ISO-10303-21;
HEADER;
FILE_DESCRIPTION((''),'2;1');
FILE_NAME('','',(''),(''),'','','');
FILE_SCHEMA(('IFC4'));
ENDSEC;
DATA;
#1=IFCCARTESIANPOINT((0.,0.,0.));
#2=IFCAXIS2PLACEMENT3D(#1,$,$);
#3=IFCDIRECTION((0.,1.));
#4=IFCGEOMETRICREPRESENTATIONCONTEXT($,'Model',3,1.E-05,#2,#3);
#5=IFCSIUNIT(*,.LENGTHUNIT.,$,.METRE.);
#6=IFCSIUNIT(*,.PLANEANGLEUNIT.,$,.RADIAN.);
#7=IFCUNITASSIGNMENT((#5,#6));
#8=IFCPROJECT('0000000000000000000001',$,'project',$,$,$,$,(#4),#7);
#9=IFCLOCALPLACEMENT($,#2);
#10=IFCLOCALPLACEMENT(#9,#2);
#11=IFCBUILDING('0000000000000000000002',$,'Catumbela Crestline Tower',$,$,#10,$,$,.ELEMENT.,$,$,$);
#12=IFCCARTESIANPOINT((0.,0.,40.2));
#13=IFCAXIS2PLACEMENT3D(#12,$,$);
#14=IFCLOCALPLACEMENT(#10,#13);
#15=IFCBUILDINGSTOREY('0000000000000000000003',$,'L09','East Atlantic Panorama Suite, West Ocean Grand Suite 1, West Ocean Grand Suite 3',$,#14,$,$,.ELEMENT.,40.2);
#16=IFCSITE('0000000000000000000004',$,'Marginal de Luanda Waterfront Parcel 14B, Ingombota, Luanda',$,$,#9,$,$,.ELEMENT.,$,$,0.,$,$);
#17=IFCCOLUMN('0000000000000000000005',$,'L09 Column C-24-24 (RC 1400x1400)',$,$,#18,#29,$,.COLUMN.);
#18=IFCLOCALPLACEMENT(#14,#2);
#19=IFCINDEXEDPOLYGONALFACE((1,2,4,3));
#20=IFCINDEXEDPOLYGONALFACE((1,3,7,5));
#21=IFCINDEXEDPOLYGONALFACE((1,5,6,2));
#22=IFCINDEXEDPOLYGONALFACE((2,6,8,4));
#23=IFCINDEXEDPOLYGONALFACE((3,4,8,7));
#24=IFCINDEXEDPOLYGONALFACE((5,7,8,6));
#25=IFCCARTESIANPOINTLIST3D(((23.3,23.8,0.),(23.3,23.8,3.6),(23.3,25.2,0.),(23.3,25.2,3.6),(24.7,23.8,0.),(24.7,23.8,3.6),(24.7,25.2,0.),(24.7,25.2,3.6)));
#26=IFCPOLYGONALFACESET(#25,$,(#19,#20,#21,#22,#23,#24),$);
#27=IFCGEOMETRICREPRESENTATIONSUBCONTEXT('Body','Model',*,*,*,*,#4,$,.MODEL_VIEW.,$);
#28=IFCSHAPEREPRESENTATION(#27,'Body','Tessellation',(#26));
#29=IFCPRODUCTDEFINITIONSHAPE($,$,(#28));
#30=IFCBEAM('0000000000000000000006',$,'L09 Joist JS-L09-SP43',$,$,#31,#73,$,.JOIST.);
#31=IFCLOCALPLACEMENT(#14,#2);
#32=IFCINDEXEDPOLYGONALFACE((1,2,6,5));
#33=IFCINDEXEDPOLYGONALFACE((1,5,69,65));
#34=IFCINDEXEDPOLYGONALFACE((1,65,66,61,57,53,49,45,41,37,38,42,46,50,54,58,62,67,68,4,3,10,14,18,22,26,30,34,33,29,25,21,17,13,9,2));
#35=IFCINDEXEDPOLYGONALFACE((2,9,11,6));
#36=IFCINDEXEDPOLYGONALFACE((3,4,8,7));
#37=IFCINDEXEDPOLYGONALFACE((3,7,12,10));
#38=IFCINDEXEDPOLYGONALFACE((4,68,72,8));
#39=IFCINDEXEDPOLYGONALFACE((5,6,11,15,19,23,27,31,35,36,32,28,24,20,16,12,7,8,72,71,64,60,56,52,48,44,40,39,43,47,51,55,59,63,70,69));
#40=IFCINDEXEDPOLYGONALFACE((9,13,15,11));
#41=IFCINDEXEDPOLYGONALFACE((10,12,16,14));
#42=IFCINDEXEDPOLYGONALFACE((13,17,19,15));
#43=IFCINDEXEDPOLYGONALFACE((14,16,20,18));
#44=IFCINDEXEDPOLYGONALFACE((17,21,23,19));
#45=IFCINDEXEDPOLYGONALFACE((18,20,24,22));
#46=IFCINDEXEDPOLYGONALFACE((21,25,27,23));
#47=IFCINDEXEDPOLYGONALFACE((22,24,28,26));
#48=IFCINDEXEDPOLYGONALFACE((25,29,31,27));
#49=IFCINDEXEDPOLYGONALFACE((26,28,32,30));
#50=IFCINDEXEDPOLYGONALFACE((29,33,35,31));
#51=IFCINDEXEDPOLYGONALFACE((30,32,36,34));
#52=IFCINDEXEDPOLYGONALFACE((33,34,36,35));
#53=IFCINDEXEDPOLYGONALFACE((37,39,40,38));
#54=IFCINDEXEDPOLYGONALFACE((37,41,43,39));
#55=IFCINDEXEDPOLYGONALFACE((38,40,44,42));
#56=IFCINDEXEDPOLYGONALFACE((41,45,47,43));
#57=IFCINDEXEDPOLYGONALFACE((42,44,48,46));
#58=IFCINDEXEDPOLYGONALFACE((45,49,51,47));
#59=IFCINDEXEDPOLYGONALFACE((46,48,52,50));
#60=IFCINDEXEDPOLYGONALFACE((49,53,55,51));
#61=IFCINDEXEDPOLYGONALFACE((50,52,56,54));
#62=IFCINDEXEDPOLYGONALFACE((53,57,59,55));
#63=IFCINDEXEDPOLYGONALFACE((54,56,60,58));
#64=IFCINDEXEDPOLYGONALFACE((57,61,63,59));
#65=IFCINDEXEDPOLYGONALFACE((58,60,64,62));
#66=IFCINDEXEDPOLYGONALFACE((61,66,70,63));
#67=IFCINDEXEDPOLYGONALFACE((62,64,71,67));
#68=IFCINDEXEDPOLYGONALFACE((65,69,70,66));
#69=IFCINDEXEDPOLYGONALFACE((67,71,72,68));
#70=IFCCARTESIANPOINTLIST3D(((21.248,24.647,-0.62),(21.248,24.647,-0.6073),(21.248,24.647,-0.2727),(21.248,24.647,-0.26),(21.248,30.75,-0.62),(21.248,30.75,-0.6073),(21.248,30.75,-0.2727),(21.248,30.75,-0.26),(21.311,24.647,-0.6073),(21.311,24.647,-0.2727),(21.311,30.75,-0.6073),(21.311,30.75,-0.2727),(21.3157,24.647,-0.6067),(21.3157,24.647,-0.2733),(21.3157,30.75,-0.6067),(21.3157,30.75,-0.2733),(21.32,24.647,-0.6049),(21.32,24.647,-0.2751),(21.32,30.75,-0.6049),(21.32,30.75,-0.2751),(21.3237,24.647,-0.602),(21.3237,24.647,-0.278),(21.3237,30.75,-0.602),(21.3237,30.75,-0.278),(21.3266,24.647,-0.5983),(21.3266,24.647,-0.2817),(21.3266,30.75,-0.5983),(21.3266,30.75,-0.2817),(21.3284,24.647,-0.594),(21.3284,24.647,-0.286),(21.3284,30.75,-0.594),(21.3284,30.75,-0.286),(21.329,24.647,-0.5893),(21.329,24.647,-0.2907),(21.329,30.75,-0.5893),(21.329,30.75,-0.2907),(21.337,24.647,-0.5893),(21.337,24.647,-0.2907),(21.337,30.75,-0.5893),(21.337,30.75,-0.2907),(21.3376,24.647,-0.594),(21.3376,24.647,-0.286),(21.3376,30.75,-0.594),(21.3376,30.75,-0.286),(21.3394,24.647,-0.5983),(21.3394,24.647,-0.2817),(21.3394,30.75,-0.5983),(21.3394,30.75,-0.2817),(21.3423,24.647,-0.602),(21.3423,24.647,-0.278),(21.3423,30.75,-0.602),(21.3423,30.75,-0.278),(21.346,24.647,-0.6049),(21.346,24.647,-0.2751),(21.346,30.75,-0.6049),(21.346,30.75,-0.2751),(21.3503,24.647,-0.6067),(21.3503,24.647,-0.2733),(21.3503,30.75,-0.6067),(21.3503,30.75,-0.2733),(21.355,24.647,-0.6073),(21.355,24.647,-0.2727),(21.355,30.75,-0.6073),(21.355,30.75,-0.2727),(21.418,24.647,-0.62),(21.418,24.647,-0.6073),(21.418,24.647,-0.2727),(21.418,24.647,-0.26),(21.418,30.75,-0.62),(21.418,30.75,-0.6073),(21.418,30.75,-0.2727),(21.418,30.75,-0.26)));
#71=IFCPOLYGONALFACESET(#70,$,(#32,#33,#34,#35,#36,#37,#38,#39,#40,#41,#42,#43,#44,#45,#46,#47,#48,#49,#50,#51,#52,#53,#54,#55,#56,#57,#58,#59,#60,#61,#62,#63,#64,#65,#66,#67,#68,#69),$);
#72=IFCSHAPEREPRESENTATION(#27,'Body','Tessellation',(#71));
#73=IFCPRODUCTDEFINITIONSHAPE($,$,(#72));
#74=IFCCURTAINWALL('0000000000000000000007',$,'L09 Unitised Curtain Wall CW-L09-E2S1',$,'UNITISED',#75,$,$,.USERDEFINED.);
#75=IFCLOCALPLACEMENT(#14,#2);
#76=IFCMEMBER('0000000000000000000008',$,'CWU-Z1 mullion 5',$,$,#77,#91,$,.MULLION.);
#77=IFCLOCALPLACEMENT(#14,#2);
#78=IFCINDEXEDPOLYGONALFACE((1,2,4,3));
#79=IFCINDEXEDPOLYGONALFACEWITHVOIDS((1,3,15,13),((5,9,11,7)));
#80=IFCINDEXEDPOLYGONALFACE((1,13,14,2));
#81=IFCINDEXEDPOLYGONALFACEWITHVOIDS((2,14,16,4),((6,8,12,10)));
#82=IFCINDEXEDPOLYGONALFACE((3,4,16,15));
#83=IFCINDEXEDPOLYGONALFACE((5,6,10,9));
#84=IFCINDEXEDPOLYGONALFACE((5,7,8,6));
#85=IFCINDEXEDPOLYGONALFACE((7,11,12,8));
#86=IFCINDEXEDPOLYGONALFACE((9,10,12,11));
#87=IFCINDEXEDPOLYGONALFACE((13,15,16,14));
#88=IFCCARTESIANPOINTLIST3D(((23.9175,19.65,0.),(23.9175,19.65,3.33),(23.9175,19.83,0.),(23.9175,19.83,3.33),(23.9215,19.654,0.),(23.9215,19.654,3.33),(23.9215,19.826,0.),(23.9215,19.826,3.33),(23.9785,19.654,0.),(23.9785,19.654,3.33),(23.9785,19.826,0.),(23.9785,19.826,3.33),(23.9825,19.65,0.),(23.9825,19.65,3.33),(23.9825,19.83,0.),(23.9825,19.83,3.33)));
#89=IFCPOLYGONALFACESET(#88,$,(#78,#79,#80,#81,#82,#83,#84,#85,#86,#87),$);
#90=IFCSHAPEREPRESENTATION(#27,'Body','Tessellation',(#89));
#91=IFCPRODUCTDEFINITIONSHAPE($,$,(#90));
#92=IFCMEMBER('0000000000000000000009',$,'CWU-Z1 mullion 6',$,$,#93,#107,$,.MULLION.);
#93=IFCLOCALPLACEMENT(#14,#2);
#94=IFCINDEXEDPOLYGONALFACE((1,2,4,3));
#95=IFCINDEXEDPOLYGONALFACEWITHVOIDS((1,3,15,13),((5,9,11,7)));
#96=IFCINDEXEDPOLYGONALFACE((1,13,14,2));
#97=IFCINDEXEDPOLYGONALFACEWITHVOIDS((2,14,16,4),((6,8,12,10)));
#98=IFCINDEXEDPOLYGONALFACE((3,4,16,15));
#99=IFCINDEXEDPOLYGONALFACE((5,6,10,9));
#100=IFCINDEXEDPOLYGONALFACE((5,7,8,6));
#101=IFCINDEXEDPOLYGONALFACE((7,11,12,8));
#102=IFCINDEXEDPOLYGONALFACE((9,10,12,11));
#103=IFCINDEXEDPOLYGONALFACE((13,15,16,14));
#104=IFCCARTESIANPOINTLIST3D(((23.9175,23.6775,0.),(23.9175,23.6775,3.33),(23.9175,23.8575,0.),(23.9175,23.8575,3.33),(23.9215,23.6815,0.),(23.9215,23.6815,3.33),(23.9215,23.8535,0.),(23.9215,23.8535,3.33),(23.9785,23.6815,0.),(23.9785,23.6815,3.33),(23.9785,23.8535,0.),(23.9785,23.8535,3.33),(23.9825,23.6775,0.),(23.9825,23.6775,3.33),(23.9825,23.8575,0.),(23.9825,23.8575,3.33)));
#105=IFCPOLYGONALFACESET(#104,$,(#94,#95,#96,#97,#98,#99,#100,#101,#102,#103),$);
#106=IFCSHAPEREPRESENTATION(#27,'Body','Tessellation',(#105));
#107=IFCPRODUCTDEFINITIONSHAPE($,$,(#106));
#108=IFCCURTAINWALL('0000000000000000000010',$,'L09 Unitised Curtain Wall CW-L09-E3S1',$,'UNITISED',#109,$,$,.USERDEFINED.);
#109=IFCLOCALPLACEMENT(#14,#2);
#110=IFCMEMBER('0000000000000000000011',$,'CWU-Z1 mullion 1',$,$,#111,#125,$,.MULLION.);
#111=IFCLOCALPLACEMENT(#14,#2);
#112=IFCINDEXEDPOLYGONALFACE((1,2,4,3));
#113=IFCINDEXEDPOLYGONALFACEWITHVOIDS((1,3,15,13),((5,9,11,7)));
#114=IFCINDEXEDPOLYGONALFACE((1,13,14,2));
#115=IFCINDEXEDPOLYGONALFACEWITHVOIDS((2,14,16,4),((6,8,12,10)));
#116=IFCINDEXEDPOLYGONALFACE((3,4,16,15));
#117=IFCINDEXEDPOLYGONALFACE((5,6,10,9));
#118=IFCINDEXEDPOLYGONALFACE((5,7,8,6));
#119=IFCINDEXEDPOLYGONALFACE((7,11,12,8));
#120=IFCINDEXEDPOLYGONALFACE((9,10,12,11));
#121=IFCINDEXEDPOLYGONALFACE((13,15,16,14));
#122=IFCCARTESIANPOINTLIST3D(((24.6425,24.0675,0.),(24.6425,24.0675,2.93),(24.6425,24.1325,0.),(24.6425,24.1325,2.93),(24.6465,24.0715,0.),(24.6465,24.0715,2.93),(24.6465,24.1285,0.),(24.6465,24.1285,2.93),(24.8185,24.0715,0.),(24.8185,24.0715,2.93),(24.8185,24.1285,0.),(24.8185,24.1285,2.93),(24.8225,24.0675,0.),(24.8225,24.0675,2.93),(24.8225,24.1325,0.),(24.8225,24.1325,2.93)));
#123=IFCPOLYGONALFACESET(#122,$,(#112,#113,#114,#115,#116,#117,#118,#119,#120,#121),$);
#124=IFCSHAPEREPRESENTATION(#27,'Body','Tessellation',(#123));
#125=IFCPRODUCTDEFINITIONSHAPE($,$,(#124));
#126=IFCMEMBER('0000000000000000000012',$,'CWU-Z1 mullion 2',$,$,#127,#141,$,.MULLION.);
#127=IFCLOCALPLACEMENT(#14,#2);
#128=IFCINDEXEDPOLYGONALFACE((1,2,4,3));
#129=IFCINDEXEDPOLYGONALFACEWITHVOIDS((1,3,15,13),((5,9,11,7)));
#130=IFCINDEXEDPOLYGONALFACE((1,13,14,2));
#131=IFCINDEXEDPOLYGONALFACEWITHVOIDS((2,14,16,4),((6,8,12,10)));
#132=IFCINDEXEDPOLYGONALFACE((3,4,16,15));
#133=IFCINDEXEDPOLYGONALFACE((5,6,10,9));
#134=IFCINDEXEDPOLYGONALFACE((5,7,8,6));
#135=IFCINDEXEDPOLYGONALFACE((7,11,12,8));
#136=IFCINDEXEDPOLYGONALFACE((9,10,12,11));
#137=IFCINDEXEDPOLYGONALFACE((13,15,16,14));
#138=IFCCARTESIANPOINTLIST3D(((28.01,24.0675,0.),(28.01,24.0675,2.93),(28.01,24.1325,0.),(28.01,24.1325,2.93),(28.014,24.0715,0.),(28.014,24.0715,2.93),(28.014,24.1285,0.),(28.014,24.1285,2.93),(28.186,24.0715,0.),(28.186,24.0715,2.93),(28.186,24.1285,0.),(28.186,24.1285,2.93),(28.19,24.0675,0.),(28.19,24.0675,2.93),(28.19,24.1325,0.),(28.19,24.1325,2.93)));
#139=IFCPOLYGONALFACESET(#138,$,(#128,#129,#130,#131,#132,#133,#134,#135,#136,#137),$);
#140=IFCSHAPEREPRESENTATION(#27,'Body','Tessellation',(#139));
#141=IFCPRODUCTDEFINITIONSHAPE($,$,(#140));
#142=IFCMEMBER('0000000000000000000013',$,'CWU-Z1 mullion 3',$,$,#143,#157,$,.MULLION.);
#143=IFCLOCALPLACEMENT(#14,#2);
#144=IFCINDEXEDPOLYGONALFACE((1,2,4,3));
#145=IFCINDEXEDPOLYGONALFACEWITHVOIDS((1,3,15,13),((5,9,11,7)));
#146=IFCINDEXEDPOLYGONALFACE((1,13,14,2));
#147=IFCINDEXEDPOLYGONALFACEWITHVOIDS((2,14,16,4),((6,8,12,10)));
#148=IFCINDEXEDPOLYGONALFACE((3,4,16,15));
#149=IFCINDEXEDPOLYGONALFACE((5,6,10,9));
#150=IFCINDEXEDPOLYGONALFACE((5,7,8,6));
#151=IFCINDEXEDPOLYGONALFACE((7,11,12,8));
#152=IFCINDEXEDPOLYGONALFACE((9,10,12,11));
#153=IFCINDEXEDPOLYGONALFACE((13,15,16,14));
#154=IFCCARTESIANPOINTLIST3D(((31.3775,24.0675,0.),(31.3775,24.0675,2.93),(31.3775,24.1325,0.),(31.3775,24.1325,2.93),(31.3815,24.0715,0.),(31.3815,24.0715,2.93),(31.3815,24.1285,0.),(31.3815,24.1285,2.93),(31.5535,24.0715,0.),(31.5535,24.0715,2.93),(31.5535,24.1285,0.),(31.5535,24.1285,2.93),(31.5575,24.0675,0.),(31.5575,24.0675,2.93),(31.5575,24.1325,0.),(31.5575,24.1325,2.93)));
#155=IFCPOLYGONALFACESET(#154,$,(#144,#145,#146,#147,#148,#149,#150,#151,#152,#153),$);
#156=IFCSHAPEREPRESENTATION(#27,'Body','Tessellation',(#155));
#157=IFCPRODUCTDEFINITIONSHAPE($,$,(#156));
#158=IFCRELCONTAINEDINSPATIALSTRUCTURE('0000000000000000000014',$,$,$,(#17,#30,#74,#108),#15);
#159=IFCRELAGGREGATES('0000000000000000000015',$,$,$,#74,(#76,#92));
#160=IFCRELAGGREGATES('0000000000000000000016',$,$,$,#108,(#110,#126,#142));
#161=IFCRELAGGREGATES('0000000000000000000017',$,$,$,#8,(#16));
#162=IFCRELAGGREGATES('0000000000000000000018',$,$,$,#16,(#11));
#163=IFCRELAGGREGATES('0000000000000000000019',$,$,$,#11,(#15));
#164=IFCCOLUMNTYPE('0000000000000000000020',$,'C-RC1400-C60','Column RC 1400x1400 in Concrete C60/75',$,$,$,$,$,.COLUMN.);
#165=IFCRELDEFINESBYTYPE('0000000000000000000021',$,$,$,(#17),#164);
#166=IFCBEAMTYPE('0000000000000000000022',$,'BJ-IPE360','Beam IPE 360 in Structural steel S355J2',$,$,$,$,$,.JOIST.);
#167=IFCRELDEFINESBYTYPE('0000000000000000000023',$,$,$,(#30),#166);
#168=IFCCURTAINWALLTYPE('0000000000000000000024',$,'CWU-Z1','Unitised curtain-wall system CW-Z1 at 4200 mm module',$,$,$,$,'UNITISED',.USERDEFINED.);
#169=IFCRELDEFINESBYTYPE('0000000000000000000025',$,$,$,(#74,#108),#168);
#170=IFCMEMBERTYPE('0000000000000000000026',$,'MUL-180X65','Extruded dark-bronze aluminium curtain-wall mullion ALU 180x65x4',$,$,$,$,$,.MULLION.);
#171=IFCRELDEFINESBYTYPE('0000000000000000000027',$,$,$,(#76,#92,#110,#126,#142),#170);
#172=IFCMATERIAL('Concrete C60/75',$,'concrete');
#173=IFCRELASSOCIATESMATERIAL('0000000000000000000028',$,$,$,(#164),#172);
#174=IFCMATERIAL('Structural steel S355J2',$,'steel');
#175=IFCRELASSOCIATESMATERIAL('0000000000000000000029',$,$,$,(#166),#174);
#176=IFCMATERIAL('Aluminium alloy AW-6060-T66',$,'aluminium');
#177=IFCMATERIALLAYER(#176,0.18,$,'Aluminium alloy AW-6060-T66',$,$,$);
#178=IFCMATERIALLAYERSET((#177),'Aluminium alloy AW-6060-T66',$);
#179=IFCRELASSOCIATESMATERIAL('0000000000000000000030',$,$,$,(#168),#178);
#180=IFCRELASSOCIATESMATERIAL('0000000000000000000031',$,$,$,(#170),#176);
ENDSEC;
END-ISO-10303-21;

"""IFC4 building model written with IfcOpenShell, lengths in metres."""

from ifc_helpers import new_model, si_unit, direction, frame, origin, origin_2d, place, context, subcontext, project, spatial, rectangle, hollow_rectangle, i_section, extrude, material, layer, layer_set, material_profile, profile_set, type_object, element, aggregate, save


model = new_model("IFC4")

# Units and contexts
model_context = context("Model", 3, precision=1e-05, world=origin(), true_north=direction((0.0, 1.0)))
body_context = subcontext(model_context, "Body", "Model", "MODEL_VIEW")
ifc_project = project(units=[si_unit("LENGTHUNIT", "METRE"), si_unit("PLANEANGLEUNIT", "RADIAN")], contexts=[model_context])

# Site, building, storey
site_placement = place(None, origin())
site = spatial("IfcSite", under=ifc_project, at=site_placement, Name="Marginal de Luanda Waterfront Parcel 14B, Ingombota, Luanda", CompositionType="ELEMENT", RefElevation=0.0)
building_placement = place(site_placement, origin())
building = spatial("IfcBuilding", under=site, at=building_placement, Name="Catumbela Crestline Tower", CompositionType="ELEMENT")
storey_placement = place(building_placement, frame((0.0, 0.0, 40.2)))
storey = spatial("IfcBuildingStorey", under=building, at=storey_placement, Name="L09", Description="East Atlantic Panorama Suite, West Ocean Grand Suite 1, West Ocean Grand Suite 3", CompositionType="ELEMENT", Elevation=40.2)

# Column
ifc_material_1 = material(Name="Concrete C60/75", Category="concrete")
ifc_material_profile_1 = material_profile(ifc_material_1, rectangle(XDim=1.4, YDim=1.4, at=origin_2d()), Name="RC 1400x1400")
ifc_profile_set_1 = profile_set([ifc_material_profile_1], Name="Concrete C60/75")
column_type = type_object("IfcColumnType", Name="C-RC1400-C60", Description="Column RC 1400x1400 in Concrete C60/75", PredefinedType="COLUMN", material=ifc_profile_set_1)
column_placement = place(storey_placement, frame((24.0, 24.5, 0.0), z_axis=(0.0, 0.0, 1.0), x_axis=(1.0, 0.0, 0.0)))
element("IfcColumn", 1, at=column_placement, inside=storey, type_object=column_type, Name="L09 Column C-24-24 (RC 1400x1400)", PredefinedType="COLUMN", context=body_context, shape_type="SweptSolid", body=[
    extrude(rectangle(XDim=1.4, YDim=1.4, at=origin_2d()), origin(), (0.0, 0.0, 1.0), 3.6),
])

# Beam
ifc_material_2 = material(Name="Structural steel S355J2", Category="steel")
ifc_material_profile_2 = material_profile(ifc_material_2, i_section(OverallWidth=0.17, OverallDepth=0.36, WebThickness=0.008, FlangeThickness=0.0127, FilletRadius=0.018, at=origin_2d()), Name="IPE 360")
ifc_profile_set_2 = profile_set([ifc_material_profile_2], Name="Structural steel S355J2")
beam_type_1 = type_object("IfcBeamType", Name="BJ-IPE360", Description="Beam IPE 360 in Structural steel S355J2", PredefinedType="JOIST", material=ifc_profile_set_2)
beam_1_placement = place(storey_placement, frame((21.333, 24.647, -0.44), z_axis=(0.0, 1.0, 0.0), x_axis=(-1.0, 0.0, 0.0)))
element("IfcBeam", 2, at=beam_1_placement, inside=storey, type_object=beam_type_1, Name="L09 Joist JS-L09-SP43", PredefinedType="JOIST", context=body_context, shape_type="SweptSolid", body=[
    extrude(i_section(OverallWidth=0.17, OverallDepth=0.36, WebThickness=0.008, FlangeThickness=0.0127, FilletRadius=0.018, at=origin_2d()), origin(), (0.0, 0.0, 1.0), 6.103),
])

# Curtain walls, members
ifc_material_3 = material(Name="Aluminium alloy AW-6060-T66", Category="aluminium")
ifc_layer_1 = layer(ifc_material_3, 0.18, Name="Aluminium alloy AW-6060-T66")
ifc_layer_set_1 = layer_set([ifc_layer_1], Name="Aluminium alloy AW-6060-T66")
curtain_wall_type = type_object("IfcCurtainWallType", Name="CWU-Z1", Description="Unitised curtain-wall system CW-Z1 at 4200 mm module", ElementType="UNITISED", PredefinedType="USERDEFINED", material=ifc_layer_set_1)
curtain_wall_1_placement = place(storey_placement, origin())
curtain_wall_1 = element("IfcCurtainWall", 3, at=curtain_wall_1_placement, inside=storey, type_object=curtain_wall_type, Name="L09 Unitised Curtain Wall CW-L09-E2S1", ObjectType="UNITISED", PredefinedType="USERDEFINED")
ifc_material_profile_3 = material_profile(ifc_material_3, hollow_rectangle(XDim=0.065, YDim=0.18, WallThickness=0.004, at=origin_2d()), Name="ALU 180x65x4")
ifc_profile_set_3 = profile_set([ifc_material_profile_3], Name="Aluminium alloy AW-6060-T66")
member_type_1 = type_object("IfcMemberType", Name="MUL-180X65", Description="Extruded dark-bronze aluminium curtain-wall mullion ALU 180x65x4", PredefinedType="MULLION", material=ifc_profile_set_3)
member_1_placement = place(storey_placement, frame((23.95, 19.74, 0.0), z_axis=(0.0, 0.0, 1.0), x_axis=(-1.0, 0.0, 0.0)))
member_1 = element("IfcMember", 4, at=member_1_placement, type_object=member_type_1, Name="CWU-Z1 mullion 5", PredefinedType="MULLION", context=body_context, shape_type="SweptSolid", body=[
    extrude(hollow_rectangle(XDim=0.065, YDim=0.18, WallThickness=0.004, at=origin_2d()), origin(), (0.0, 0.0, 1.0), 3.33),
])
member_2_placement = place(storey_placement, frame((23.95, 23.7675, 0.0), z_axis=(0.0, 0.0, 1.0), x_axis=(-1.0, 0.0, 0.0)))
member_2 = element("IfcMember", 5, at=member_2_placement, type_object=member_type_1, Name="CWU-Z1 mullion 6", PredefinedType="MULLION", context=body_context, shape_type="SweptSolid", body=[
    extrude(hollow_rectangle(XDim=0.065, YDim=0.18, WallThickness=0.004, at=origin_2d()), origin(), (0.0, 0.0, 1.0), 3.33),
])
curtain_wall_2_placement = place(storey_placement, origin())
curtain_wall_2 = element("IfcCurtainWall", 6, at=curtain_wall_2_placement, inside=storey, type_object=curtain_wall_type, Name="L09 Unitised Curtain Wall CW-L09-E3S1", ObjectType="UNITISED", PredefinedType="USERDEFINED")
member_3_placement = place(storey_placement, frame((24.7325, 24.1, 0.0), z_axis=(0.0, 0.0, 1.0), x_axis=(0.0, 1.0, 0.0)))
member_3 = element("IfcMember", 7, at=member_3_placement, type_object=member_type_1, Name="CWU-Z1 mullion 1", PredefinedType="MULLION", context=body_context, shape_type="SweptSolid", body=[
    extrude(hollow_rectangle(XDim=0.065, YDim=0.18, WallThickness=0.004, at=origin_2d()), origin(), (0.0, 0.0, 1.0), 2.93),
])
member_4_placement = place(storey_placement, frame((28.1, 24.1, 0.0), z_axis=(0.0, 0.0, 1.0), x_axis=(0.0, 1.0, 0.0)))
member_4 = element("IfcMember", 8, at=member_4_placement, type_object=member_type_1, Name="CWU-Z1 mullion 2", PredefinedType="MULLION", context=body_context, shape_type="SweptSolid", body=[
    extrude(hollow_rectangle(XDim=0.065, YDim=0.18, WallThickness=0.004, at=origin_2d()), origin(), (0.0, 0.0, 1.0), 2.93),
])
member_5_placement = place(storey_placement, frame((31.4675, 24.1, 0.0), z_axis=(0.0, 0.0, 1.0), x_axis=(0.0, 1.0, 0.0)))
member_5 = element("IfcMember", 9, at=member_5_placement, type_object=member_type_1, Name="CWU-Z1 mullion 3", PredefinedType="MULLION", context=body_context, shape_type="SweptSolid", body=[
    extrude(hollow_rectangle(XDim=0.065, YDim=0.18, WallThickness=0.004, at=origin_2d()), origin(), (0.0, 0.0, 1.0), 2.93),
])

aggregate(curtain_wall_1, [member_1, member_2])
aggregate(curtain_wall_2, [member_3, member_4, member_5])

save(model, "model.ifc")
